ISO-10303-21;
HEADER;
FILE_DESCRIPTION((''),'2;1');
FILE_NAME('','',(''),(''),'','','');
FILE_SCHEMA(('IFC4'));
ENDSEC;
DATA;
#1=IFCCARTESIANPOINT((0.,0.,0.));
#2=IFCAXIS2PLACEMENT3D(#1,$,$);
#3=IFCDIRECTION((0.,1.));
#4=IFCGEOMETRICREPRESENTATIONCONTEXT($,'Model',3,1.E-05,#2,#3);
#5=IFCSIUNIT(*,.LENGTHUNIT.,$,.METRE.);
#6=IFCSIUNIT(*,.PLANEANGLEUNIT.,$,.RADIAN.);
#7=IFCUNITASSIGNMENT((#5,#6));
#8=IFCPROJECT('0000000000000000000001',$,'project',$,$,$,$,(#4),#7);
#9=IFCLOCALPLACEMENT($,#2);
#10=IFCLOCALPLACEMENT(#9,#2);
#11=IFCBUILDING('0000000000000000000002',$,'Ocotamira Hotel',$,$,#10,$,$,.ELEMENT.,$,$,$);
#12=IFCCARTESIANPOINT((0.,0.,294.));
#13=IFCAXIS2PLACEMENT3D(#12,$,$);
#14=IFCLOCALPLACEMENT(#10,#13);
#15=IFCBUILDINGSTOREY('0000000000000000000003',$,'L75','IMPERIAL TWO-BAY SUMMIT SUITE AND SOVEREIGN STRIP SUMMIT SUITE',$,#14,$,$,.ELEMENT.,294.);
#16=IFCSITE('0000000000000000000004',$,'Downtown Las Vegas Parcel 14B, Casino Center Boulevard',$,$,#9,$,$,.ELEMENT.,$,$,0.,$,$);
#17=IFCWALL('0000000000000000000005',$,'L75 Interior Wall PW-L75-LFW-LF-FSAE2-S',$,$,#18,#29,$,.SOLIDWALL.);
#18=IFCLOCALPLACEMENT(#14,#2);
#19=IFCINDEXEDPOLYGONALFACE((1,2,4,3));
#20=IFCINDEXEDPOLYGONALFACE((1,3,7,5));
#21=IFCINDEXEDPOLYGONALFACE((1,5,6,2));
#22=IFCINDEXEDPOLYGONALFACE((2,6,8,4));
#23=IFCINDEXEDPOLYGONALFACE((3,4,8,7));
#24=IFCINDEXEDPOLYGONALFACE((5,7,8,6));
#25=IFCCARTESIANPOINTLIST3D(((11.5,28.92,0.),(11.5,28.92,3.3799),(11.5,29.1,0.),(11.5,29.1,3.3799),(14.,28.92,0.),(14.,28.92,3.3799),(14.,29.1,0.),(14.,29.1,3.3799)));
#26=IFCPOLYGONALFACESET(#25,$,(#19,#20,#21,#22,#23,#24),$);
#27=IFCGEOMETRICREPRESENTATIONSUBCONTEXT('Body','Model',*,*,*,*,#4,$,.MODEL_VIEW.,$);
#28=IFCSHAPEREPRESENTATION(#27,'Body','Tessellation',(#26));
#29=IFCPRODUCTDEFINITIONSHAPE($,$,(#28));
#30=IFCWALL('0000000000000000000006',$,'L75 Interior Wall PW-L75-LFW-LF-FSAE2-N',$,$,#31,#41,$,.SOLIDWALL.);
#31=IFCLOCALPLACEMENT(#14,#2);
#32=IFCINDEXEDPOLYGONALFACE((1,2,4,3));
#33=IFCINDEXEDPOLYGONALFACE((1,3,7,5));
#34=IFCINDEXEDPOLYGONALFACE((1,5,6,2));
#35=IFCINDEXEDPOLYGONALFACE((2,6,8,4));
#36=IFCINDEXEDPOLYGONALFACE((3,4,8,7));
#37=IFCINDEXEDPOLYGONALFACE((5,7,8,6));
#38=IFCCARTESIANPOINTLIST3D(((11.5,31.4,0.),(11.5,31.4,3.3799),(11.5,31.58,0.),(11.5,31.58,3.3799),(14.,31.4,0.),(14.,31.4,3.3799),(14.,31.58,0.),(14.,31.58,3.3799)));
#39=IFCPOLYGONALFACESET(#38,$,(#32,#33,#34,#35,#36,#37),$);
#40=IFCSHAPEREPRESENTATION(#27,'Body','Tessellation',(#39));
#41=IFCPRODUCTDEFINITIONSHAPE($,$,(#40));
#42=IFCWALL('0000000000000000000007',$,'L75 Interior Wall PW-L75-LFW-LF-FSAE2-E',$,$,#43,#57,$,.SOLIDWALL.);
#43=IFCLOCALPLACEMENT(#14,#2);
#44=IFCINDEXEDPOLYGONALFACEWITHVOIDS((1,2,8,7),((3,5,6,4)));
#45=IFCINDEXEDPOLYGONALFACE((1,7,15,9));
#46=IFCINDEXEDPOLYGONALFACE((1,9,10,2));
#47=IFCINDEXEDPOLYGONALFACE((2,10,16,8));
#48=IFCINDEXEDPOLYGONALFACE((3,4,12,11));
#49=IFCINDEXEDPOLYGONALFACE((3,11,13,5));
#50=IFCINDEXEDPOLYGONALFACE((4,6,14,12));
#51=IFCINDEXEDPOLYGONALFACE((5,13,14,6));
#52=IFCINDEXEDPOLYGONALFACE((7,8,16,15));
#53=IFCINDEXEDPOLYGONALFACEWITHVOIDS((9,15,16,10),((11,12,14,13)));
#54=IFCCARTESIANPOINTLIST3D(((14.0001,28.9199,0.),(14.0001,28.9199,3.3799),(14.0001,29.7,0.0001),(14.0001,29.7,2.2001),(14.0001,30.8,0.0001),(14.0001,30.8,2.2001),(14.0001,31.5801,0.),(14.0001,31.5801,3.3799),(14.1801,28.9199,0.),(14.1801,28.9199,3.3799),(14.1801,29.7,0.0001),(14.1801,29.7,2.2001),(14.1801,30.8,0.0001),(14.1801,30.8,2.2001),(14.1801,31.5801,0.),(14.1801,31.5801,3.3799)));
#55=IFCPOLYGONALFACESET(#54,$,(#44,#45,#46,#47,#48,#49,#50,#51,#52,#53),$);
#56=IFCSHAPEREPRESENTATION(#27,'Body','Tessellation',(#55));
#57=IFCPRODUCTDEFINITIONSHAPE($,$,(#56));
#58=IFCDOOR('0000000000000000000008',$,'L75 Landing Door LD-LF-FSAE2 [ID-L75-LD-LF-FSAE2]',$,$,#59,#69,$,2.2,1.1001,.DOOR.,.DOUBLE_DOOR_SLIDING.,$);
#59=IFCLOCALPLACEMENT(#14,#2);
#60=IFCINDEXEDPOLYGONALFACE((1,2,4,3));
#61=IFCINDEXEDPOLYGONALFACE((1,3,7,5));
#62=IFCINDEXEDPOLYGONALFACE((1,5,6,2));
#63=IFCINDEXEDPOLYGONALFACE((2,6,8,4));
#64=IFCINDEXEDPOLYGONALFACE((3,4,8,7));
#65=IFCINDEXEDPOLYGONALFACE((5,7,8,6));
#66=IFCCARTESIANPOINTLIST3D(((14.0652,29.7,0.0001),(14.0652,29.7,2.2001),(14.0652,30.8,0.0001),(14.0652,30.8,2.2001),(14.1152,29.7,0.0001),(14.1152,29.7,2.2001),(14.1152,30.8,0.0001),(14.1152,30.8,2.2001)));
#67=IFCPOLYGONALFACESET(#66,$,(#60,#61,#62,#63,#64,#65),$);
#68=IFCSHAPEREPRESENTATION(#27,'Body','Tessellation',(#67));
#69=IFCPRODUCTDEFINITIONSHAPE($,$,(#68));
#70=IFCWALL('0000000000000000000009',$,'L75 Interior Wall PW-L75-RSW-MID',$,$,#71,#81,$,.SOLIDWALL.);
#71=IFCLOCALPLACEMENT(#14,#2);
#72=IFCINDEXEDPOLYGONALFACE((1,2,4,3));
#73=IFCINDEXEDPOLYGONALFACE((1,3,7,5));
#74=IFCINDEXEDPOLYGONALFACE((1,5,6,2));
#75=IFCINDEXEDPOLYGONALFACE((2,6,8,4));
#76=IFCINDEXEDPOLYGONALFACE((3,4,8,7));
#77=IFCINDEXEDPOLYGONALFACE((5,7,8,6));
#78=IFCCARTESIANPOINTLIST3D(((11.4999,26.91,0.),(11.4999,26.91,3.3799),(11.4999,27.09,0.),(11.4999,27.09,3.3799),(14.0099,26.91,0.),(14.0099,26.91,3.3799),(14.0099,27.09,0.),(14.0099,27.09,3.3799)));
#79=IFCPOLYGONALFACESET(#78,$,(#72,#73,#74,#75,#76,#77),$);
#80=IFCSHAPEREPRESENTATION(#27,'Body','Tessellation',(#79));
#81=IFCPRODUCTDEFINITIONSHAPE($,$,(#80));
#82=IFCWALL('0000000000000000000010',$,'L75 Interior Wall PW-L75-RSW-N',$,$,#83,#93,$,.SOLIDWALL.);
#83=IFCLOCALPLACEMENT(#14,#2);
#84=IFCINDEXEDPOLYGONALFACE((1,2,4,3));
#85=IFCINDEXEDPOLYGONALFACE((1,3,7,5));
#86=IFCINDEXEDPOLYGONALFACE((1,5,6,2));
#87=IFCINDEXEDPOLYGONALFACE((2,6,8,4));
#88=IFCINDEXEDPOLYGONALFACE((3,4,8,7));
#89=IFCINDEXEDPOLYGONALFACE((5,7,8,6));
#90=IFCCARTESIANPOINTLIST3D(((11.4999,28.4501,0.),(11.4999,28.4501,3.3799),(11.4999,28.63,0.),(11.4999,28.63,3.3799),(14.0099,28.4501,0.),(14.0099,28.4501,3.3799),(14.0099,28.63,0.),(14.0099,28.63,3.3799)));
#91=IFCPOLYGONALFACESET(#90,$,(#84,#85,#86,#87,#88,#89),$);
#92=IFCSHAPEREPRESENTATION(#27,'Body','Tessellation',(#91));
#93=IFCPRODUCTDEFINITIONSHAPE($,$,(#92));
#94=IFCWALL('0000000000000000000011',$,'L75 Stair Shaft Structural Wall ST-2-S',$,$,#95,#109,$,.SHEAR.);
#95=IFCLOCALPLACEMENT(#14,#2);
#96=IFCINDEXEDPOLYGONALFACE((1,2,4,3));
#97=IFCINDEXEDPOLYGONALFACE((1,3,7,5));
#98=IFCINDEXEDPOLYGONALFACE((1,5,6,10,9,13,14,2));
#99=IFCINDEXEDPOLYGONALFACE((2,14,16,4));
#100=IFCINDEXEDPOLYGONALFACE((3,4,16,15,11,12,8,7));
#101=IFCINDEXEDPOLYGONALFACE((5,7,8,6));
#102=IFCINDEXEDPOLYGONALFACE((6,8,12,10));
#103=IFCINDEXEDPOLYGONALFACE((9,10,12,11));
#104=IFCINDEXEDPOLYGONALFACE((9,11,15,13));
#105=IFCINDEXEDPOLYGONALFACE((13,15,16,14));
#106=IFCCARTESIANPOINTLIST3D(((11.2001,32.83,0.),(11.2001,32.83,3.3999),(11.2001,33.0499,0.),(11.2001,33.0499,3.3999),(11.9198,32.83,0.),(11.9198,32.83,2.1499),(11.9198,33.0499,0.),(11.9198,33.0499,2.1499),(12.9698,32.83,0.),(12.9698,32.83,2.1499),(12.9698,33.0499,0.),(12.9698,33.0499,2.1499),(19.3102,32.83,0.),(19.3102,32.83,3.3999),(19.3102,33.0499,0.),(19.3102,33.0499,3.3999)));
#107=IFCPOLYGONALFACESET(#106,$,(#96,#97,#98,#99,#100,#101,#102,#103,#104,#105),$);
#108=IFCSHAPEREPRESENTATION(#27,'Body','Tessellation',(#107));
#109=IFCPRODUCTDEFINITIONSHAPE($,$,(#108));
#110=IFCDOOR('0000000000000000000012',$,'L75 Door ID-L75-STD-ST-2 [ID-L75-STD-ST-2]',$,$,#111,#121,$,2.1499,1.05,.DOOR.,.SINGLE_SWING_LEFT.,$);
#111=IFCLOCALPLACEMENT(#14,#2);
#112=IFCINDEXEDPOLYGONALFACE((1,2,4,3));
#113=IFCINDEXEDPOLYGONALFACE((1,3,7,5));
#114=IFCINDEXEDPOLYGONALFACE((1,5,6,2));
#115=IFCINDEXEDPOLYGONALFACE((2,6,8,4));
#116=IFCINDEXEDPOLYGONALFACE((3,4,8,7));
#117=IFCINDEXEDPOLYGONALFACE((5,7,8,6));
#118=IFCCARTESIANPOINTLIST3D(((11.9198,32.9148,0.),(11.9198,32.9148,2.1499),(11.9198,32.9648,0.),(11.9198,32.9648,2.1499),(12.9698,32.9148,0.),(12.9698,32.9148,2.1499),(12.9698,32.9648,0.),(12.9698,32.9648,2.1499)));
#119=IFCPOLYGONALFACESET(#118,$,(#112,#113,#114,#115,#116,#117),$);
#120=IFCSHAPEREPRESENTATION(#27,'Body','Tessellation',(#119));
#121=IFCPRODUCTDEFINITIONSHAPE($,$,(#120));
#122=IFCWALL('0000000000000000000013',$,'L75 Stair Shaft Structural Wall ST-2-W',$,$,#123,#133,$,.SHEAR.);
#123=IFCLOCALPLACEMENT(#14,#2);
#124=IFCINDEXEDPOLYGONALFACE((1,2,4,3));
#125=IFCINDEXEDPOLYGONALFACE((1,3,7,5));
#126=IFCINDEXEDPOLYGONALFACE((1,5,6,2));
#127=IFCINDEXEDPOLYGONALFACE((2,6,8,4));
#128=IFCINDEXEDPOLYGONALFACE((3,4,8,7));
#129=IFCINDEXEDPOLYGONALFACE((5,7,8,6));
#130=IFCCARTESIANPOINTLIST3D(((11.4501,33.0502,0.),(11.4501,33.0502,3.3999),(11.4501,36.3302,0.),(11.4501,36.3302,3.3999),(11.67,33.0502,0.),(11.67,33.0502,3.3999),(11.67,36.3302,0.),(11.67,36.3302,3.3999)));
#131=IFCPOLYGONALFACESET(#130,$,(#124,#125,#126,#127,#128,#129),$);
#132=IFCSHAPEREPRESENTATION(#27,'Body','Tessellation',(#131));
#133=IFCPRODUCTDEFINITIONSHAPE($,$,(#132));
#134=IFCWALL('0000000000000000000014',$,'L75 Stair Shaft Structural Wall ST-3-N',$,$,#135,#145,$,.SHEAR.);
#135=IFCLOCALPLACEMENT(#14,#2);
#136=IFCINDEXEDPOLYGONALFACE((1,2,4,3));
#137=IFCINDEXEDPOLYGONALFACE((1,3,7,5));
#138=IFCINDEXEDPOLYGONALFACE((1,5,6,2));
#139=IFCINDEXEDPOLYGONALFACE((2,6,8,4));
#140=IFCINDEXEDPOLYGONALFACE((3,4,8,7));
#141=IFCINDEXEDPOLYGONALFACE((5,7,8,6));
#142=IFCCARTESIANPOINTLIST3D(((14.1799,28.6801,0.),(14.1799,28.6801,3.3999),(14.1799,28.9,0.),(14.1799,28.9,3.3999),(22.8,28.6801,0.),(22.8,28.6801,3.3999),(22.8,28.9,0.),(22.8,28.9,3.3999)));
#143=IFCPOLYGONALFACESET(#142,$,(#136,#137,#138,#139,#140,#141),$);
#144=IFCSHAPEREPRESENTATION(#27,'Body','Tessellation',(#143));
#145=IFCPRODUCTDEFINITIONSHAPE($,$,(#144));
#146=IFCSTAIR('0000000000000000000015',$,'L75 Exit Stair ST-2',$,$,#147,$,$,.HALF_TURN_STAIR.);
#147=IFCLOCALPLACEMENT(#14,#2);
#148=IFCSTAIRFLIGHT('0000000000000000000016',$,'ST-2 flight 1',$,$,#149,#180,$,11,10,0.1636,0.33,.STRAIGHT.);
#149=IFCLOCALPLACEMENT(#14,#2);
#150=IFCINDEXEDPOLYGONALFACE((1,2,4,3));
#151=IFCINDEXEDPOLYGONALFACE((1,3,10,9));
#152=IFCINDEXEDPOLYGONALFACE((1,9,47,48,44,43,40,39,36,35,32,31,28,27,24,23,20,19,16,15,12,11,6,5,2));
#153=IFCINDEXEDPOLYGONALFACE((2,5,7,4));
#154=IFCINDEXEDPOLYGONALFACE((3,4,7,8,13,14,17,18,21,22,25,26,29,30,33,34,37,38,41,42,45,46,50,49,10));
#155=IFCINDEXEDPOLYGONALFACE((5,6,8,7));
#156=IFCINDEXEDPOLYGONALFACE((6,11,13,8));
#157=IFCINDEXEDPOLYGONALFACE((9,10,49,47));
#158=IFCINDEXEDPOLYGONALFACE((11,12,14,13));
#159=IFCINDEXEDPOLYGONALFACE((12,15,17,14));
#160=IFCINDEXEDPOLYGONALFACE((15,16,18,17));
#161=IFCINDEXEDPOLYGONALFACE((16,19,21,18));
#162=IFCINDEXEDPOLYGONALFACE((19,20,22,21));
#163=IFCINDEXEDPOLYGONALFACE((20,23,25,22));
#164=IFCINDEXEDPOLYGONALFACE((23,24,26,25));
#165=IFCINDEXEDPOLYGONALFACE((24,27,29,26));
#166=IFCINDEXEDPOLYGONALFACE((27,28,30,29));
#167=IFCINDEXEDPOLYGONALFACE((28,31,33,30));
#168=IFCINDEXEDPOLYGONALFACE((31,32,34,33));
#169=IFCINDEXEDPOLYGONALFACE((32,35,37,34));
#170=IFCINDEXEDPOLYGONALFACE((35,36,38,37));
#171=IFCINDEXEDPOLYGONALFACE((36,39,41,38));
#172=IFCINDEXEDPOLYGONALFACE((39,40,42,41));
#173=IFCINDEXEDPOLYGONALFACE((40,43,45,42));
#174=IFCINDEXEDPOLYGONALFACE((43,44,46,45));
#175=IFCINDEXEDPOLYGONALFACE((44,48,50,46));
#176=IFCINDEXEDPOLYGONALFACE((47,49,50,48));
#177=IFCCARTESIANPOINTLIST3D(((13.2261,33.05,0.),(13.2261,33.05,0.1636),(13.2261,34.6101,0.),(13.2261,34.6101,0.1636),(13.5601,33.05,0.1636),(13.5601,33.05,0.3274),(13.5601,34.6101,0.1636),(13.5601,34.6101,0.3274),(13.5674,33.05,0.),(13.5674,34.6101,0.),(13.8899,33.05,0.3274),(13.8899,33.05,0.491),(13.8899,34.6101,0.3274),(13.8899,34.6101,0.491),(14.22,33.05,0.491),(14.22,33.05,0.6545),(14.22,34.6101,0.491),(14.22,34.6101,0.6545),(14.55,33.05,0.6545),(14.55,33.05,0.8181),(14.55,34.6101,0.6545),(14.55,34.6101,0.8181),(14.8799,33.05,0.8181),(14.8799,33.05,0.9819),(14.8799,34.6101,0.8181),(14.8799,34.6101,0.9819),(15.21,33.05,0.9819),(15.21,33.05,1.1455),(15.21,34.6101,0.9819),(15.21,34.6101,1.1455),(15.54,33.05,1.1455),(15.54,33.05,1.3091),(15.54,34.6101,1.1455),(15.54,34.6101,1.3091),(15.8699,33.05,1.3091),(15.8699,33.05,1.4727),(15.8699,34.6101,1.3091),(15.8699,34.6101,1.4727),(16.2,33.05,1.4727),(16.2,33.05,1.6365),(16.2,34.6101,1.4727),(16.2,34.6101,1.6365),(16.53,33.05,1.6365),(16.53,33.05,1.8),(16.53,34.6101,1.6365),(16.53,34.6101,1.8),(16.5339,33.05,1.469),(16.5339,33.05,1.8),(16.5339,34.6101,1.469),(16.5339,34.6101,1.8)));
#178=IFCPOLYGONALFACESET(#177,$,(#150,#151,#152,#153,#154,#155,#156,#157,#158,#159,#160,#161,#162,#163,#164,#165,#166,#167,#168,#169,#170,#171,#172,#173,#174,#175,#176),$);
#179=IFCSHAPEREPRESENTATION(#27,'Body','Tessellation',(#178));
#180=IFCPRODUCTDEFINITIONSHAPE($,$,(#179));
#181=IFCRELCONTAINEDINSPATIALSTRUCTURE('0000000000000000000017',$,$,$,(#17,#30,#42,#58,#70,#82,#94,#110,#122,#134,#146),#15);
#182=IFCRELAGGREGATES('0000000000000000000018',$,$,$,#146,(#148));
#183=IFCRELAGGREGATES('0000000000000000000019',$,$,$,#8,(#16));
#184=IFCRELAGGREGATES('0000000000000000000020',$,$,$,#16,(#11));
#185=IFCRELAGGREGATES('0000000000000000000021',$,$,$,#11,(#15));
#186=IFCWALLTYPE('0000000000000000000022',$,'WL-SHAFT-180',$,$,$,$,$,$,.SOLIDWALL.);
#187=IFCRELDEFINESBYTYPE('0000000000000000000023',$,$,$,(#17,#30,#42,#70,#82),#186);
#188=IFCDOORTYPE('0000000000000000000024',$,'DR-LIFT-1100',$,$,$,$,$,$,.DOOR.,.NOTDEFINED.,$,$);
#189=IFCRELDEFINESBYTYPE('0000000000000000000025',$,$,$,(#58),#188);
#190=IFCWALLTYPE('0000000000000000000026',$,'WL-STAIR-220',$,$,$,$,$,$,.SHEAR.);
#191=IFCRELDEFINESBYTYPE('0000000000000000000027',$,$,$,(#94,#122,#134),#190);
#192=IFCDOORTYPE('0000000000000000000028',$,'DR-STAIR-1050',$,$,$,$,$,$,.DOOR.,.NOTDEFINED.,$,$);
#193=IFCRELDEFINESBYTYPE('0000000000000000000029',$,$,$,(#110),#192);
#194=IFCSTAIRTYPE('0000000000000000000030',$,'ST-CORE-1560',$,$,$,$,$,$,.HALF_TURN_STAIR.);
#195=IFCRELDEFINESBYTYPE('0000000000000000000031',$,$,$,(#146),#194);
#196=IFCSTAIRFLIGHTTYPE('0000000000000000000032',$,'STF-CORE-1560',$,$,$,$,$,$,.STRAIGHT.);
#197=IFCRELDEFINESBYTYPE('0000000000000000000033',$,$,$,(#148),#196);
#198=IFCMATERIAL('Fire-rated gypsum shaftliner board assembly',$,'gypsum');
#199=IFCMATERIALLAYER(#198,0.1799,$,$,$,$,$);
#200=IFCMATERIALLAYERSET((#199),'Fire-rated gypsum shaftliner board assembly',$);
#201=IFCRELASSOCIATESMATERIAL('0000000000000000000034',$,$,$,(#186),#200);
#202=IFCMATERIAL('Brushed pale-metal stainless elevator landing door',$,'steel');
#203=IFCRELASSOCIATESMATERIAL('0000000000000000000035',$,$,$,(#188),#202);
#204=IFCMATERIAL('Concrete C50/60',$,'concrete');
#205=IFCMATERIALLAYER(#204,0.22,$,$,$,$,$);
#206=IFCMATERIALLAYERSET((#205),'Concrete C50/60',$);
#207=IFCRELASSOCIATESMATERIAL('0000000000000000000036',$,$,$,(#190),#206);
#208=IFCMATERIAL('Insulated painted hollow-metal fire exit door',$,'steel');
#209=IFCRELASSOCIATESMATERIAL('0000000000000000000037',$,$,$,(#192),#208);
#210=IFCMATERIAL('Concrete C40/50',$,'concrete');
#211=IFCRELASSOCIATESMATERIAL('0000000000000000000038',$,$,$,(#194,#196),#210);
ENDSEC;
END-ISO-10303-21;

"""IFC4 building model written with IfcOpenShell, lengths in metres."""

from ifc_helpers import new_model, si_unit, direction, frame, frame_2d, origin, place, context, subcontext, project, spatial, polyline, rectangle, outline, extrude, source, transform, mapped, material, layer, layer_set, type_object, element, fill, aggregate, save


model = new_model("IFC4")

# Units and contexts
model_context = context("Model", 3, precision=1e-05, world=origin(), true_north=direction((0.0, 1.0)))
body_context = subcontext(model_context, "Body", "Model", "MODEL_VIEW")
ifc_project = project(units=[si_unit("LENGTHUNIT", "METRE"), si_unit("PLANEANGLEUNIT", "RADIAN")], contexts=[model_context])

# Site, building, storey
site_placement = place(None, origin())
site = spatial("IfcSite", under=ifc_project, at=site_placement, Name="Downtown Las Vegas Parcel 14B, Casino Center Boulevard", CompositionType="ELEMENT", RefElevation=0.0)
building_placement = place(site_placement, origin())
building = spatial("IfcBuilding", under=site, at=building_placement, Name="Ocotamira Hotel", CompositionType="ELEMENT")
storey_placement = place(building_placement, frame((0.0, 0.0, 294.0)))
storey = spatial("IfcBuildingStorey", under=building, at=storey_placement, Name="L75", Description="IMPERIAL TWO-BAY SUMMIT SUITE AND SOVEREIGN STRIP SUMMIT SUITE", CompositionType="ELEMENT", Elevation=294.0)

# Walls
ifc_material_1 = material(Name="Fire-rated gypsum shaftliner board assembly", Category="gypsum")
ifc_layer_1 = layer(ifc_material_1, 0.1799)
ifc_layer_set_1 = layer_set([ifc_layer_1], Name="Fire-rated gypsum shaftliner board assembly")
wall_type_1 = type_object("IfcWallType", Name="WL-SHAFT-180", PredefinedType="SOLIDWALL", material=ifc_layer_set_1)
for number, where, z_axis, x_axis, name in (
    (1, (11.5, 29.01, 0.0), (0.0, 0.0, 1.0), (1.0, 0.0, 0.0), "L75 Interior Wall PW-L75-LFW-LF-FSAE2-S"),
    (2, (11.5, 31.49, 0.0), (0.0, 0.0, 1.0), (1.0, 0.0, 0.0), "L75 Interior Wall PW-L75-LFW-LF-FSAE2-N"),
):
    element("IfcWall", number, at=place(storey_placement, frame(where, z_axis=z_axis, x_axis=x_axis)), inside=storey, type_object=wall_type_1, Name=name, PredefinedType="SOLIDWALL", context=body_context, shape_type="SweptSolid", body=[
        extrude(rectangle(XDim=2.5, YDim=0.1799, at=frame_2d((1.25, 0.0))), origin(), (0.0, 0.0, 1.0), 3.3799),
    ])

# Wall, opening, door
wall_1_placement = place(storey_placement, frame((14.0901, 28.9199, 0.0), z_axis=(0.0, 0.0, 1.0), x_axis=(0.0, 1.0, 0.0)))
wall_1 = element("IfcWall", 3, at=wall_1_placement, inside=storey, type_object=wall_type_1, Name="L75 Interior Wall PW-L75-LFW-LF-FSAE2-E", PredefinedType="SOLIDWALL", context=body_context, shape_type="SweptSolid", body=[
    extrude(rectangle(XDim=2.6602, YDim=0.1799, at=frame_2d((1.3301, 0.0))), origin(), (0.0, 0.0, 1.0), 3.3799),
])
opening_1_placement = place(wall_1_placement, frame((0.78, 0.0, 0.0)))
opening_1 = element("IfcOpeningElement", 4, at=opening_1_placement, cuts=wall_1, PredefinedType="OPENING", context=body_context, shape_type="SweptSolid", body=[
    extrude(rectangle(XDim=1.1001, YDim=2.2, at=frame_2d((0.55, 1.1001))), frame((0.0, 0.1001, 0.0), z_axis=(0.0, -1.0, 0.0), x_axis=(1.0, 0.0, 0.0)), (0.0, 0.0, 1.0), 0.2),
])
ifc_material_2 = material(Name="Brushed pale-metal stainless elevator landing door", Category="steel")
door_type_1 = type_object("IfcDoorType", Name="DR-LIFT-1100", OperationType="NOTDEFINED", PredefinedType="DOOR", material=ifc_material_2)
shared_shape_1 = source(origin(), body_context, "Body", "SweptSolid", [
    extrude(rectangle(XDim=1.1001, YDim=2.2, at=frame_2d((0.55, 1.1001))), frame((0.0, 0.0249, 0.0), z_axis=(0.0, -1.0, 0.0), x_axis=(1.0, 0.0, 0.0)), (0.0, 0.0, 1.0), 0.05),
])
door_1_placement = place(opening_1_placement, origin())
door_1 = element("IfcDoor", 5, at=door_1_placement, inside=storey, type_object=door_type_1, Name="L75 Landing Door LD-LF-FSAE2 [ID-L75-LD-LF-FSAE2]", OperationType="DOUBLE_DOOR_SLIDING", OverallHeight=2.2, OverallWidth=1.1001, PredefinedType="DOOR", context=body_context, shape_type="MappedRepresentation", body=[
    mapped(shared_shape_1, transform((0.0, 0.0, 0.0), scale=1.0)),
])
fill(opening_1, door_1)

# Walls
for number, where, z_axis, x_axis, name in (
    (6, (11.5, 27.0, 0.0), (0.0, 0.0, 1.0), (1.0, 0.0, 0.0), "L75 Interior Wall PW-L75-RSW-MID"),
    (7, (11.5, 28.54, 0.0), (0.0, 0.0, 1.0), (1.0, 0.0, 0.0), "L75 Interior Wall PW-L75-RSW-N"),
):
    element("IfcWall", number, at=place(storey_placement, frame(where, z_axis=z_axis, x_axis=x_axis)), inside=storey, type_object=wall_type_1, Name=name, PredefinedType="SOLIDWALL", context=body_context, shape_type="SweptSolid", body=[
        extrude(rectangle(XDim=2.51, YDim=0.1799, at=frame_2d((1.2549, 0.0))), origin(), (0.0, 0.0, 1.0), 3.3799),
    ])

# Wall, opening, door
ifc_material_3 = material(Name="Concrete C50/60", Category="concrete")
ifc_layer_2 = layer(ifc_material_3, 0.22)
ifc_layer_set_2 = layer_set([ifc_layer_2], Name="Concrete C50/60")
wall_type_2 = type_object("IfcWallType", Name="WL-STAIR-220", PredefinedType="SHEAR", material=ifc_layer_set_2)
wall_2_placement = place(storey_placement, frame((11.2, 32.9399, 0.0), z_axis=(0.0, 0.0, 1.0), x_axis=(1.0, 0.0, 0.0)))
wall_2 = element("IfcWall", 8, at=wall_2_placement, inside=storey, type_object=wall_type_2, Name="L75 Stair Shaft Structural Wall ST-2-S", PredefinedType="SHEAR", context=body_context, shape_type="SweptSolid", body=[
    extrude(rectangle(XDim=8.1101, YDim=0.22, at=frame_2d((4.0552, 0.0))), origin(), (0.0, 0.0, 1.0), 3.3999),
])
opening_2_placement = place(wall_2_placement, frame((0.72, 0.0, 0.0)))
opening_2 = element("IfcOpeningElement", 9, at=opening_2_placement, cuts=wall_2, PredefinedType="OPENING", context=body_context, shape_type="SweptSolid", body=[
    extrude(rectangle(XDim=1.05, YDim=2.1499, at=frame_2d((0.5249, 1.075))), frame((0.0, 0.1201, 0.0), z_axis=(0.0, -1.0, 0.0), x_axis=(1.0, 0.0, 0.0)), (0.0, 0.0, 1.0), 0.24),
])
ifc_material_4 = material(Name="Insulated painted hollow-metal fire exit door", Category="steel")
door_type_2 = type_object("IfcDoorType", Name="DR-STAIR-1050", OperationType="NOTDEFINED", PredefinedType="DOOR", material=ifc_material_4)
shared_shape_2 = source(origin(), body_context, "Body", "SweptSolid", [
    extrude(rectangle(XDim=1.05, YDim=2.1499, at=frame_2d((0.5249, 1.075))), frame((0.0, 0.0249, 0.0), z_axis=(0.0, -1.0, 0.0), x_axis=(1.0, 0.0, 0.0)), (0.0, 0.0, 1.0), 0.05),
])
door_2_placement = place(opening_2_placement, origin())
door_2 = element("IfcDoor", 10, at=door_2_placement, inside=storey, type_object=door_type_2, Name="L75 Door ID-L75-STD-ST-2 [ID-L75-STD-ST-2]", OperationType="SINGLE_SWING_LEFT", OverallHeight=2.1499, OverallWidth=1.05, PredefinedType="DOOR", context=body_context, shape_type="MappedRepresentation", body=[
    mapped(shared_shape_2, transform((0.0, 0.0, 0.0), scale=1.0)),
])
fill(opening_2, door_2)

# Walls
wall_3_placement = place(storey_placement, frame((11.5601, 33.05, 0.0), z_axis=(0.0, 0.0, 1.0), x_axis=(0.0, 1.0, 0.0)))
element("IfcWall", 11, at=wall_3_placement, inside=storey, type_object=wall_type_2, Name="L75 Stair Shaft Structural Wall ST-2-W", PredefinedType="SHEAR", context=body_context, shape_type="SweptSolid", body=[
    extrude(rectangle(XDim=3.28, YDim=0.22, at=frame_2d((1.6401, 0.0))), origin(), (0.0, 0.0, 1.0), 3.3999),
])
wall_4_placement = place(storey_placement, frame((14.1799, 28.79, 0.0), z_axis=(0.0, 0.0, 1.0), x_axis=(1.0, 0.0, 0.0)))
element("IfcWall", 12, at=wall_4_placement, inside=storey, type_object=wall_type_2, Name="L75 Stair Shaft Structural Wall ST-3-N", PredefinedType="SHEAR", context=body_context, shape_type="SweptSolid", body=[
    extrude(rectangle(XDim=8.6201, YDim=0.22, at=frame_2d((4.3101, 0.0))), origin(), (0.0, 0.0, 1.0), 3.3999),
])

# Stair, stair flight
ifc_material_5 = material(Name="Concrete C40/50", Category="concrete")
stair_type = type_object("IfcStairType", Name="ST-CORE-1560", PredefinedType="HALF_TURN_STAIR", material=ifc_material_5)
stair_1_placement = place(storey_placement, origin())
stair_1 = element("IfcStair", 13, at=stair_1_placement, inside=storey, type_object=stair_type, Name="L75 Exit Stair ST-2", PredefinedType="HALF_TURN_STAIR")
stair_flight_type = type_object("IfcStairFlightType", Name="STF-CORE-1560", PredefinedType="STRAIGHT", material=ifc_material_5)
shared_shape_3 = source(origin(), body_context, "Body", "SweptSolid", [
    extrude(outline(polyline([(-0.0039, 0.0), (-0.0039, 0.1636), (0.3301, 0.1636), (0.3301, 0.3274), (0.6599, 0.3274), (0.6599, 0.491), (0.99, 0.491), (0.99, 0.6545), (1.3201, 0.6545), (1.3201, 0.8181), (1.6499, 0.8181), (1.6499, 0.9819), (1.98, 0.9819), (1.98, 1.1455), (2.3101, 1.1455), (2.3101, 1.3091), (2.6399, 1.3091), (2.6399, 1.4727), (2.97, 1.4727), (2.97, 1.6365), (3.3, 1.6365), (3.3, 1.8), (3.304, 1.8), (3.304, 1.469), (0.3374, 0.0), (-0.0039, 0.0)])), frame((0.0, 0.78, 0.0), z_axis=(0.0, -1.0, 0.0), x_axis=(1.0, 0.0, 0.0)), (0.0, 0.0, 1.0), 1.5601),
])
stair_flight_1_placement = place(storey_placement, frame((13.23, 33.8301, 0.0), z_axis=(0.0, 0.0, 1.0), x_axis=(1.0, 0.0, 0.0)))
stair_flight_1 = element("IfcStairFlight", 14, at=stair_flight_1_placement, type_object=stair_flight_type, Name="ST-2 flight 1", NumberOfRisers=11, NumberOfTreads=10, PredefinedType="STRAIGHT", RiserHeight=0.1636, TreadLength=0.33, context=body_context, shape_type="MappedRepresentation", body=[
    mapped(shared_shape_3, transform((0.0, 0.0, 0.0), scale=1.0)),
])
aggregate(stair_1, [stair_flight_1])

save(model, "model.ifc")
